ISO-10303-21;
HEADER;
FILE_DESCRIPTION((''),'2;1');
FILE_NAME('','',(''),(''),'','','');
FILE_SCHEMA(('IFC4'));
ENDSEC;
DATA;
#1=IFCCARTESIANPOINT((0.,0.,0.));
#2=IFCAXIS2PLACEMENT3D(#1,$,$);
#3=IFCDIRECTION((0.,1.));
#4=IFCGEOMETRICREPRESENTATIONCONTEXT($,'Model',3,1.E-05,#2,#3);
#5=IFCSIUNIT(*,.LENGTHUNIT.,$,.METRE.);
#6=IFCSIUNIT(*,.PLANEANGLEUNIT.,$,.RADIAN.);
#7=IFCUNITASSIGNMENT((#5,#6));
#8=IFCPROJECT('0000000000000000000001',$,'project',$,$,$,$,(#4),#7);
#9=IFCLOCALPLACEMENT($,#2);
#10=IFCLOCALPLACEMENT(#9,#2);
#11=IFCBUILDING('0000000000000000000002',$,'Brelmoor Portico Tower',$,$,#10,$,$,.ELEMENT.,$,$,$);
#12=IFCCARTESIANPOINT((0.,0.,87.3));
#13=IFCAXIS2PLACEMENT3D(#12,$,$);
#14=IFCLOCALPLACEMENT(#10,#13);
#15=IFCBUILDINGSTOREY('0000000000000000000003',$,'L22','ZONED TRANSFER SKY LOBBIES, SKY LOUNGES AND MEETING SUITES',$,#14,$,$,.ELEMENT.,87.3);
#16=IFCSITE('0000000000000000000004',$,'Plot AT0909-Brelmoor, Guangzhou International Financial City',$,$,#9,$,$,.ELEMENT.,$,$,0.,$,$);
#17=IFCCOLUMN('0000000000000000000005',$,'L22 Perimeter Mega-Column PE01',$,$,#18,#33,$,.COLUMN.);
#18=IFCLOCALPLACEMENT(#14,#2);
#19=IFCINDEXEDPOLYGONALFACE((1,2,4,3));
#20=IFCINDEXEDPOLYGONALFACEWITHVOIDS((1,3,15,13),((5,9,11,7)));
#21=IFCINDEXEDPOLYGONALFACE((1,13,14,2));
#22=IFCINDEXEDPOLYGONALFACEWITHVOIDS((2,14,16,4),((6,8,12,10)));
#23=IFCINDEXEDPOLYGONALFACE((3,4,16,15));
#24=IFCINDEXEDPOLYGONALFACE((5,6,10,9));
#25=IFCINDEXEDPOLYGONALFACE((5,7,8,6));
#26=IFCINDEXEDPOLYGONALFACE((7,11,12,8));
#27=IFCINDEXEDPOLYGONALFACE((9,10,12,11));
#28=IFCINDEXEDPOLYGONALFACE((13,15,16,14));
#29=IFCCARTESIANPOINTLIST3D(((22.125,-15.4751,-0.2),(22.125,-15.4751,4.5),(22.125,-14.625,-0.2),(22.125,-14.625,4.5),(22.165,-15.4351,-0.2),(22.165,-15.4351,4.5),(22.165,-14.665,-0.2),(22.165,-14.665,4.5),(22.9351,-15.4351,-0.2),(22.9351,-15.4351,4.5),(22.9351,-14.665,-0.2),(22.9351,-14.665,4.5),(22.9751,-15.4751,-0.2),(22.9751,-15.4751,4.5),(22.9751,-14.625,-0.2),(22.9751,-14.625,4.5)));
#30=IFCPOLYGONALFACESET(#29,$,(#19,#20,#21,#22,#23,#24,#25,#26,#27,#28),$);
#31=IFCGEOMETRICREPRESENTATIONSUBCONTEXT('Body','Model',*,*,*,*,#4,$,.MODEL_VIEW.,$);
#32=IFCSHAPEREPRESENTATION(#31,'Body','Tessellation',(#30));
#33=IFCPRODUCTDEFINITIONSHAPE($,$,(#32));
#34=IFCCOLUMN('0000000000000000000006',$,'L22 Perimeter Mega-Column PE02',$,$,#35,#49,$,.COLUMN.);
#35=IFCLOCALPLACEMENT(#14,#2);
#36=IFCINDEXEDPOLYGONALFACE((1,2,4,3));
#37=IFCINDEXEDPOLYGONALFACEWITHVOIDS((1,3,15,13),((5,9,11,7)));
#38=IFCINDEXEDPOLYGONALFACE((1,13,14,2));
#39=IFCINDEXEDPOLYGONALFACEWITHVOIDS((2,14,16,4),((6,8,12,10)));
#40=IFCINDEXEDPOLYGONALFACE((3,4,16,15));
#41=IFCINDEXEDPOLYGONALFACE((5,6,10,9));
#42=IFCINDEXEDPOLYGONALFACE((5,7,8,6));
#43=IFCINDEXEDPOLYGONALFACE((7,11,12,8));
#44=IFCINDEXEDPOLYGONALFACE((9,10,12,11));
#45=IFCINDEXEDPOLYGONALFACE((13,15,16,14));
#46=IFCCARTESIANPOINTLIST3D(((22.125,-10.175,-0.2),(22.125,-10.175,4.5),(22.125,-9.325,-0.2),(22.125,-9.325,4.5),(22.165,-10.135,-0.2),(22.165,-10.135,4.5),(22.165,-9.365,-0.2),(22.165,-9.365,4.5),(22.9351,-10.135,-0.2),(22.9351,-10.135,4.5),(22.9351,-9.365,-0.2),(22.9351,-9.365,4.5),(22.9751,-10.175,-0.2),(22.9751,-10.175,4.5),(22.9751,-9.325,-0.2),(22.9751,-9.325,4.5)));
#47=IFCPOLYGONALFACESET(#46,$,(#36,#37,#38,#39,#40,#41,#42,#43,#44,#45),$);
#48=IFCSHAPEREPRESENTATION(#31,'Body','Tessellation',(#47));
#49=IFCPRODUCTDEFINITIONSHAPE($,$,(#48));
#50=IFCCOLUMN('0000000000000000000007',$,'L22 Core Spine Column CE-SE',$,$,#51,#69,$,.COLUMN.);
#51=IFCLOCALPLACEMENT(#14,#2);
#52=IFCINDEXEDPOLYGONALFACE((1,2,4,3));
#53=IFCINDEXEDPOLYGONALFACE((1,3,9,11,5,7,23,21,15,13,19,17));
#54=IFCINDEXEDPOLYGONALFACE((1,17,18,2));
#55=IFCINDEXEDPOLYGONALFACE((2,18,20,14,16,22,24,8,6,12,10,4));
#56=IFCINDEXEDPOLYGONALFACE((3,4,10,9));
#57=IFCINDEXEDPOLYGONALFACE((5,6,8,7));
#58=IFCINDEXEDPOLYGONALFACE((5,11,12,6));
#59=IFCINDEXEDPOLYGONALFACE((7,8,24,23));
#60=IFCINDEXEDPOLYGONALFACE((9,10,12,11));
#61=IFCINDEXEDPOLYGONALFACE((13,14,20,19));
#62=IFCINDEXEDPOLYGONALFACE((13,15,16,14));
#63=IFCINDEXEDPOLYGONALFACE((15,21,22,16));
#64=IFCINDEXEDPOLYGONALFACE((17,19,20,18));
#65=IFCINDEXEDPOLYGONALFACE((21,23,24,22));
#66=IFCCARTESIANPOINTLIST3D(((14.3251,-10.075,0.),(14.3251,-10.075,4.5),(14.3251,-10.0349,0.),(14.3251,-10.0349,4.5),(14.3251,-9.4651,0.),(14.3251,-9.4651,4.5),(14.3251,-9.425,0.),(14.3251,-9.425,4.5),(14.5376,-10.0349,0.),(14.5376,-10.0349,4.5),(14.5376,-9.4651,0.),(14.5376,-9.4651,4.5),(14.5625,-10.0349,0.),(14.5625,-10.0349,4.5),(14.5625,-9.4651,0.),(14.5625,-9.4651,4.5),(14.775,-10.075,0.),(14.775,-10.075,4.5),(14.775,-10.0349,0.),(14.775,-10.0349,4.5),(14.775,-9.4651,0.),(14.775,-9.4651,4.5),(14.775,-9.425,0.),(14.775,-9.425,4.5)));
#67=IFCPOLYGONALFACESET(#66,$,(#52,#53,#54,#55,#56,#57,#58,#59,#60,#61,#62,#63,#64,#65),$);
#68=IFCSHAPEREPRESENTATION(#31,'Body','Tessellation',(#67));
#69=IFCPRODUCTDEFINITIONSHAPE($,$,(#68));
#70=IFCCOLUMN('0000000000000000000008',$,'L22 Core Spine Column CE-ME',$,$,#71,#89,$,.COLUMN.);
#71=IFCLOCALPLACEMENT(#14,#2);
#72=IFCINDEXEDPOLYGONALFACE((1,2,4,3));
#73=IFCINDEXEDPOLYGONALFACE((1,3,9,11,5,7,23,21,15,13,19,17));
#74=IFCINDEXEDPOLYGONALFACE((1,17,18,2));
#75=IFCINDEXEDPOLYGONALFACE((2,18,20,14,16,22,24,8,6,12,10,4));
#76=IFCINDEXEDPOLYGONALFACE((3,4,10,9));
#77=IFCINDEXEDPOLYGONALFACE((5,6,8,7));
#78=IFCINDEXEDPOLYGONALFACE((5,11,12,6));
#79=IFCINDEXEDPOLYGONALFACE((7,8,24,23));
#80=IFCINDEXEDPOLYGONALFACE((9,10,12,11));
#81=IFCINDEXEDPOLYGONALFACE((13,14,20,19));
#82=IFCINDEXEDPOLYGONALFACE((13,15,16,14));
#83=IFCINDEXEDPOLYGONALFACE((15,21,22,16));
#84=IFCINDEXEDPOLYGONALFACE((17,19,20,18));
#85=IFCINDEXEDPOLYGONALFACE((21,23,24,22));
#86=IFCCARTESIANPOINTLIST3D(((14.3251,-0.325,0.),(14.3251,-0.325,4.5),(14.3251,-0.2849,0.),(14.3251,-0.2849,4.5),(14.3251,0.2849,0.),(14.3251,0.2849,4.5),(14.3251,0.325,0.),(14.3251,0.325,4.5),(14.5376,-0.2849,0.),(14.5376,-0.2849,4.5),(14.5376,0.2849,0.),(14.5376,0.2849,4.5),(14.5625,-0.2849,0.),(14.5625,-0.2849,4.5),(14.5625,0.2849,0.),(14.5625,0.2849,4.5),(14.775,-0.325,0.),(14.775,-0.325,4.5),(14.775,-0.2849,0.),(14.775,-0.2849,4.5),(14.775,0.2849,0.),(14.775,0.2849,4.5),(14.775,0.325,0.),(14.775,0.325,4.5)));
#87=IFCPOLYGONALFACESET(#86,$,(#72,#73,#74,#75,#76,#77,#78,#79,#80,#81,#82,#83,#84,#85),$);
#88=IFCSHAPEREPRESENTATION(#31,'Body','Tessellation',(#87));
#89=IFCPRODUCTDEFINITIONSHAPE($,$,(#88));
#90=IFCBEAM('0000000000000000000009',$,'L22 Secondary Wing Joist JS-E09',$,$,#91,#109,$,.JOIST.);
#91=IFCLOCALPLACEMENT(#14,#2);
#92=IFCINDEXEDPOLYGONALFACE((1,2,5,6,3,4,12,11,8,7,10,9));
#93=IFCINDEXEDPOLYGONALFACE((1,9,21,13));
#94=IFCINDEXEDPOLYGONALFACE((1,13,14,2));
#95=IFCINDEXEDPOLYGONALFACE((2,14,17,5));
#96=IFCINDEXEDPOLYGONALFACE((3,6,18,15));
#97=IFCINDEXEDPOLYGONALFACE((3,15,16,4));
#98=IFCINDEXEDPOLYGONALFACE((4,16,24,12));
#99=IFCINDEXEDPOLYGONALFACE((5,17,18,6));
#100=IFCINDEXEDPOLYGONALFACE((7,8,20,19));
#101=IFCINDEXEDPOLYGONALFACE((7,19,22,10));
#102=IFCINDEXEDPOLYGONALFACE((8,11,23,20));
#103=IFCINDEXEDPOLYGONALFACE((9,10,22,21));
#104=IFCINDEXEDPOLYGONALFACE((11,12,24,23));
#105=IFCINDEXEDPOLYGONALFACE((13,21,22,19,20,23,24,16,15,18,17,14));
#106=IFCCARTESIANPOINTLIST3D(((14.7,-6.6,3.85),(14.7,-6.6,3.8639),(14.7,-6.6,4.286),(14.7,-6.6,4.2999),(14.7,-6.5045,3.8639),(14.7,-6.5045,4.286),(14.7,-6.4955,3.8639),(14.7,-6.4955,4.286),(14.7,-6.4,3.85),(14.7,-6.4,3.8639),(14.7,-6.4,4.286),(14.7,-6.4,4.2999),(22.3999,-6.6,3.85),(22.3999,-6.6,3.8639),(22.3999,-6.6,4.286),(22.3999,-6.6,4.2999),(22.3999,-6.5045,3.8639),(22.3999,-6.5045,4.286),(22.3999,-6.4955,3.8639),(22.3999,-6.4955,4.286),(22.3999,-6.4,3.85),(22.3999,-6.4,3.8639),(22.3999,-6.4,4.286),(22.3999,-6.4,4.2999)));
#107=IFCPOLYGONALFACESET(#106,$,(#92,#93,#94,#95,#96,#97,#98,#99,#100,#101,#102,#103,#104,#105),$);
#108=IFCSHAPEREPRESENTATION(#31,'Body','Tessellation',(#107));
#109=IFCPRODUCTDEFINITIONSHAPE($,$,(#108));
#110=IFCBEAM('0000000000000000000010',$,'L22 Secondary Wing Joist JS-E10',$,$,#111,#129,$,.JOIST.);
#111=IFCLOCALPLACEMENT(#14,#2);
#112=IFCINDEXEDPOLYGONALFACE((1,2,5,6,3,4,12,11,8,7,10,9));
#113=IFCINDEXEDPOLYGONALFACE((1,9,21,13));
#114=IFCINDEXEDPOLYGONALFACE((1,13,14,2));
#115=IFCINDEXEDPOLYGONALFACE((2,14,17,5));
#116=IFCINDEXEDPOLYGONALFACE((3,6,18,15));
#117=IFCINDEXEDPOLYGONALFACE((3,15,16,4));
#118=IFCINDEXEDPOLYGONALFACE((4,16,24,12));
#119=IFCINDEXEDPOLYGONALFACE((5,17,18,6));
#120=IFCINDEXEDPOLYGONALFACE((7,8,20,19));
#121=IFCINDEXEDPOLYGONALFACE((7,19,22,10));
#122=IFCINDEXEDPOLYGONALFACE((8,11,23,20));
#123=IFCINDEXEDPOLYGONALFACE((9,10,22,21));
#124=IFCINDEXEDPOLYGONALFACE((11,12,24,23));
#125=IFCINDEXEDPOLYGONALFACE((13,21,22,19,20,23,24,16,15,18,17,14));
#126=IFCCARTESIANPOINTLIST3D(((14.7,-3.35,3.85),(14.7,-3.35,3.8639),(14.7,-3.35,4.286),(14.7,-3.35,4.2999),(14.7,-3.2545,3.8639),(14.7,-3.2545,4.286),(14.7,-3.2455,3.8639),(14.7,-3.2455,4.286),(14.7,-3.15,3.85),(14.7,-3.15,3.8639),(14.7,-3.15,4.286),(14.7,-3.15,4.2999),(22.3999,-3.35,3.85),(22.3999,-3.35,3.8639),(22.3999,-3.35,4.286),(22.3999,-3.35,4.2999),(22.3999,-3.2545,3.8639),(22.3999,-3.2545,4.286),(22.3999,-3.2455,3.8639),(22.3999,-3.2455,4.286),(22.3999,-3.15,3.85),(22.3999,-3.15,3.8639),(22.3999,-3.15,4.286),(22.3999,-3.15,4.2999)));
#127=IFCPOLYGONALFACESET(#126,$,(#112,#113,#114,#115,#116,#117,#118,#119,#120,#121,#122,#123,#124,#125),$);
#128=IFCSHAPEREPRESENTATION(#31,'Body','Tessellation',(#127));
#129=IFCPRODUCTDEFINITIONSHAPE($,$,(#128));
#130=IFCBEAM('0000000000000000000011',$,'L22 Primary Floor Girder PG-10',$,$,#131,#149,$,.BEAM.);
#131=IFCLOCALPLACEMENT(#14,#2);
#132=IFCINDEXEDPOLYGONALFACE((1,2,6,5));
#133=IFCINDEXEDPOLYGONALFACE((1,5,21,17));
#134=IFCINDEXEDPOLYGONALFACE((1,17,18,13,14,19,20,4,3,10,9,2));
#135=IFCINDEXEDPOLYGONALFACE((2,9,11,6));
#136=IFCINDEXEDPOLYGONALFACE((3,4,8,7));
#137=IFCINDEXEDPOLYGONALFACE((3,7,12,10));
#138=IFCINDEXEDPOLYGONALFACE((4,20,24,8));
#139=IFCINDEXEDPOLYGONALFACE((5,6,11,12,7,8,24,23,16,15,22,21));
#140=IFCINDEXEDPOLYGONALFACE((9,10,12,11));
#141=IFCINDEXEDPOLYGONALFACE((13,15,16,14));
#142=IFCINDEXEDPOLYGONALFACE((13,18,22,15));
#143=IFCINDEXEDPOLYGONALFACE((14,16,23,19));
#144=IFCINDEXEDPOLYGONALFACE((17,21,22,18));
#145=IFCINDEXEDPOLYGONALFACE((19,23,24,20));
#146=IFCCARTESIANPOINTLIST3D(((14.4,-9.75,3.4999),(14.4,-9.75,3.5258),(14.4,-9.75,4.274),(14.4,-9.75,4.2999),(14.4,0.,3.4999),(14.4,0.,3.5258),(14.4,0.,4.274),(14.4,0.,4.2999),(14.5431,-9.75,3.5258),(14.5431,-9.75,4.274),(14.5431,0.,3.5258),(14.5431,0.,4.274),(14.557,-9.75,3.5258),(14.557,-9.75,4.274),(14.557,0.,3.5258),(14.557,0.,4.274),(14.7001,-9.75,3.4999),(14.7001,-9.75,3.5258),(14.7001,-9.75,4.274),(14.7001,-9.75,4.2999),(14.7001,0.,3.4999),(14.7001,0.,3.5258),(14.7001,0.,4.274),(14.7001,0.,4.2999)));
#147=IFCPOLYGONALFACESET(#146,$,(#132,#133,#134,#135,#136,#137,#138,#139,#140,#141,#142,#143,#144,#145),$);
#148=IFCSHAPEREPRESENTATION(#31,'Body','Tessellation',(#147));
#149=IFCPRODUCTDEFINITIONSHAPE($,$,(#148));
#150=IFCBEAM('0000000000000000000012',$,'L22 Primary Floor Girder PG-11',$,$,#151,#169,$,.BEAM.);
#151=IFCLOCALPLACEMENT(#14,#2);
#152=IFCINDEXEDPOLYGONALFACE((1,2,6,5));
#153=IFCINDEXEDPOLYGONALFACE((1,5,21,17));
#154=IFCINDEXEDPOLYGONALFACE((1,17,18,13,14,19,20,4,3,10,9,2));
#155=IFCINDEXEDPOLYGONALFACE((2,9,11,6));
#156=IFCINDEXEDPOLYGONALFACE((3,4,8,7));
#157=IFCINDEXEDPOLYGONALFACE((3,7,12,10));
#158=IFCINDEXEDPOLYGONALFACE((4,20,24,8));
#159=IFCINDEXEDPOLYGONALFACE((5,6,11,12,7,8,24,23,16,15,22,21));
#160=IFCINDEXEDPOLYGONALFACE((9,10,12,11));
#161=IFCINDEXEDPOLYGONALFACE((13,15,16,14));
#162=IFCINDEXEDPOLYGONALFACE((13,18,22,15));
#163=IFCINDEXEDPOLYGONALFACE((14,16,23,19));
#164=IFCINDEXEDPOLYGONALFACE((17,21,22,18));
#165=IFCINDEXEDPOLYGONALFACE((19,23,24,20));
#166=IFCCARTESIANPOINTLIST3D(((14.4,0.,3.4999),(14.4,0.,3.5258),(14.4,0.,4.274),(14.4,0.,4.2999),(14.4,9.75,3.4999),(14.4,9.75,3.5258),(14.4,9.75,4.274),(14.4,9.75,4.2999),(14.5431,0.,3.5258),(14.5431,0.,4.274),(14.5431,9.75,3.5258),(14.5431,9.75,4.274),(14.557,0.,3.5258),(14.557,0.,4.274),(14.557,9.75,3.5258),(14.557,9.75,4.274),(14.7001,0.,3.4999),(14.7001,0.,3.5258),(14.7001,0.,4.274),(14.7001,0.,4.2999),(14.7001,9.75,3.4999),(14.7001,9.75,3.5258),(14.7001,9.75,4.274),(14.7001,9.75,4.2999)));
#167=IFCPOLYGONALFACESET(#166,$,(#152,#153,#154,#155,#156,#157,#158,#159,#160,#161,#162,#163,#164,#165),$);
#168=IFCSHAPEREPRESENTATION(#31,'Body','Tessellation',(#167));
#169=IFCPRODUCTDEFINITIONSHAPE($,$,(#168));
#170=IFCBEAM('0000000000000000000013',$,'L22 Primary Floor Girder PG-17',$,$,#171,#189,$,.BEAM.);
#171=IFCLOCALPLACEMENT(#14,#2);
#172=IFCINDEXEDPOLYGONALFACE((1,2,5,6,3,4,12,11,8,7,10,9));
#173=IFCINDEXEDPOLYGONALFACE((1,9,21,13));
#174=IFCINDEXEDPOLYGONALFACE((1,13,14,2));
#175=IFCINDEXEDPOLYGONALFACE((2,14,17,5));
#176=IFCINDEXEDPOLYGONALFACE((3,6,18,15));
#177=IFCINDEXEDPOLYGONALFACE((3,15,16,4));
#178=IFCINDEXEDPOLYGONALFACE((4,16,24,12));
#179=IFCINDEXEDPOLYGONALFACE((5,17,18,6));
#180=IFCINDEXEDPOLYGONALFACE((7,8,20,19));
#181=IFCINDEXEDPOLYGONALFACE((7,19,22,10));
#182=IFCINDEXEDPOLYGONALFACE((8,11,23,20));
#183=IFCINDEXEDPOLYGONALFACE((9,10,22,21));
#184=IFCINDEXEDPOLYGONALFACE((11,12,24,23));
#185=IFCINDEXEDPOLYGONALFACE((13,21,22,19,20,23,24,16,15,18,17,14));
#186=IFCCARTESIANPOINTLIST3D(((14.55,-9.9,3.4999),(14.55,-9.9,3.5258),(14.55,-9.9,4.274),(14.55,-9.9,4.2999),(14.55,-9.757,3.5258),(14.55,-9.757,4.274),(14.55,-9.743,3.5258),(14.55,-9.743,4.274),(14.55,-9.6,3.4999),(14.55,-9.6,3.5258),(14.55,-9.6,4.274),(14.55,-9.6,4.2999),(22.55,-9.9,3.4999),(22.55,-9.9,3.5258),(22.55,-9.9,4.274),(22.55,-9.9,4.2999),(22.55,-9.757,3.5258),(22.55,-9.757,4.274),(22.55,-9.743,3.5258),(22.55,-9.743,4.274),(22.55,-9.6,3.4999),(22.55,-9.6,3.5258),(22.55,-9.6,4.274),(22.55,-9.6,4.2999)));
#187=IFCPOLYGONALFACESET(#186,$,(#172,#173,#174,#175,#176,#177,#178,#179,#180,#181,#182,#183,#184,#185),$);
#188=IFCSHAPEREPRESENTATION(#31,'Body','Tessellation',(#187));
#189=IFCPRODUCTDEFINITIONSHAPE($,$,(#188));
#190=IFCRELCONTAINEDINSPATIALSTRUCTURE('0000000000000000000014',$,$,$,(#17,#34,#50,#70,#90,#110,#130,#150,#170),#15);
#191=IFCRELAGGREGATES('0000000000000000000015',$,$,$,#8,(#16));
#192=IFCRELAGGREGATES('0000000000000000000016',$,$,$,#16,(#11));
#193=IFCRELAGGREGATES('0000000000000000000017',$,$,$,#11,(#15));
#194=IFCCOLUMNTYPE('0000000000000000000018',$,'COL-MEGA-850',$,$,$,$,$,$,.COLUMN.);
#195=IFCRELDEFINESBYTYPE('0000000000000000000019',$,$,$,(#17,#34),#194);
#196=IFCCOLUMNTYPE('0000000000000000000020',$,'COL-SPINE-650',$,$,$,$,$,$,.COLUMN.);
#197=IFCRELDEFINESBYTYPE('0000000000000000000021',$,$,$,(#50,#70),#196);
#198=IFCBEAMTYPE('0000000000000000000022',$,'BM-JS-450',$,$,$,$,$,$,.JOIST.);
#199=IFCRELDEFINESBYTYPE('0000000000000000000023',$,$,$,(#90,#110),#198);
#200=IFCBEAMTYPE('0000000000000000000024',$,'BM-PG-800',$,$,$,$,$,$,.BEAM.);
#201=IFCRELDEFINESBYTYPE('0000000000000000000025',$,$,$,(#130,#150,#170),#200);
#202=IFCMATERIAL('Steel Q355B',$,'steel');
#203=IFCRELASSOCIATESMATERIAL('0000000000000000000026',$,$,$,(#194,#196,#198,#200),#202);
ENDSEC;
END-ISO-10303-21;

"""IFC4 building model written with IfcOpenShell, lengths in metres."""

from ifc_helpers import new_model, si_unit, direction, frame, origin, origin_2d, place, context, subcontext, project, spatial, hollow_rectangle, i_section, extrude, material, material_profile, profile_set, type_object, element, save


model = new_model("IFC4")

# Units and contexts
model_context = context("Model", 3, precision=1e-05, world=origin(), true_north=direction((0.0, 1.0)))
body_context = subcontext(model_context, "Body", "Model", "MODEL_VIEW")
ifc_project = project(units=[si_unit("LENGTHUNIT", "METRE"), si_unit("PLANEANGLEUNIT", "RADIAN")], contexts=[model_context])

# Site, building, storey
site_placement = place(None, origin())
site = spatial("IfcSite", under=ifc_project, at=site_placement, Name="Plot AT0909-Brelmoor, Guangzhou International Financial City", CompositionType="ELEMENT", RefElevation=0.0)
building_placement = place(site_placement, origin())
building = spatial("IfcBuilding", under=site, at=building_placement, Name="Brelmoor Portico Tower", CompositionType="ELEMENT")
storey_placement = place(building_placement, frame((0.0, 0.0, 87.3)))
storey = spatial("IfcBuildingStorey", under=building, at=storey_placement, Name="L22", Description="ZONED TRANSFER SKY LOBBIES, SKY LOUNGES AND MEETING SUITES", CompositionType="ELEMENT", Elevation=87.3)

# Columns
ifc_material_1 = material(Name="Steel Q355B", Category="steel")
ifc_material_profile_1 = material_profile(ifc_material_1, hollow_rectangle(XDim=0.8501, YDim=0.8501, WallThickness=0.04, at=origin_2d()), Name="BOX 850x850x40")
ifc_profile_set_1 = profile_set([ifc_material_profile_1], Name="Steel Q355B")
column_type_1 = type_object("IfcColumnType", Name="COL-MEGA-850", PredefinedType="COLUMN", material=ifc_profile_set_1)
for number, where, z_axis, x_axis, name in (
    (1, (22.55, -15.05, -0.2), (0.0, 0.0, 1.0), (0.0, 1.0, 0.0), "L22 Perimeter Mega-Column PE01"),
    (2, (22.55, -9.75, -0.2), (0.0, 0.0, 1.0), (0.0, 1.0, 0.0), "L22 Perimeter Mega-Column PE02"),
):
    element("IfcColumn", number, at=place(storey_placement, frame(where, z_axis=z_axis, x_axis=x_axis)), inside=storey, type_object=column_type_1, Name=name, PredefinedType="COLUMN", context=body_context, shape_type="SweptSolid", body=[
        extrude(hollow_rectangle(XDim=0.8501, YDim=0.8501, WallThickness=0.04, at=origin_2d()), origin(), (0.0, 0.0, 1.0), 4.7),
    ])
ifc_material_profile_2 = material_profile(ifc_material_1, i_section(OverallWidth=0.45, OverallDepth=0.6499, WebThickness=0.0249, FlangeThickness=0.04, at=origin_2d()), Name="HW 650x450x25x40")
ifc_profile_set_2 = profile_set([ifc_material_profile_2], Name="Steel Q355B")
column_type_2 = type_object("IfcColumnType", Name="COL-SPINE-650", PredefinedType="COLUMN", material=ifc_profile_set_2)
for number, where, z_axis, x_axis, name in (
    (3, (14.55, -9.75, 0.0), (0.0, 0.0, 1.0), (1.0, 0.0, 0.0), "L22 Core Spine Column CE-SE"),
    (4, (14.55, 0.0, 0.0), (0.0, 0.0, 1.0), (1.0, 0.0, 0.0), "L22 Core Spine Column CE-ME"),
):
    element("IfcColumn", number, at=place(storey_placement, frame(where, z_axis=z_axis, x_axis=x_axis)), inside=storey, type_object=column_type_2, Name=name, PredefinedType="COLUMN", context=body_context, shape_type="SweptSolid", body=[
        extrude(i_section(OverallWidth=0.45, OverallDepth=0.6499, WebThickness=0.0249, FlangeThickness=0.04, at=origin_2d()), origin(), (0.0, 0.0, 1.0), 4.5),
    ])

# Beams
ifc_material_profile_3 = material_profile(ifc_material_1, i_section(OverallWidth=0.2, OverallDepth=0.45, WebThickness=0.009, FlangeThickness=0.0139, at=origin_2d()), Name="HN 450x200x9x14")
ifc_profile_set_3 = profile_set([ifc_material_profile_3], Name="Steel Q355B")
beam_type_1 = type_object("IfcBeamType", Name="BM-JS-450", PredefinedType="JOIST", material=ifc_profile_set_3)
for number, where, z_axis, x_axis, name in (
    (5, (14.7, -6.5, 4.075), (1.0, 0.0, 0.0), (0.0, 1.0, 0.0), "L22 Secondary Wing Joist JS-E09"),
    (6, (14.7, -3.25, 4.075), (1.0, 0.0, 0.0), (0.0, 1.0, 0.0), "L22 Secondary Wing Joist JS-E10"),
):
    element("IfcBeam", number, at=place(storey_placement, frame(where, z_axis=z_axis, x_axis=x_axis)), inside=storey, type_object=beam_type_1, Name=name, PredefinedType="JOIST", context=body_context, shape_type="SweptSolid", body=[
        extrude(i_section(OverallWidth=0.2, OverallDepth=0.45, WebThickness=0.009, FlangeThickness=0.0139, at=origin_2d()), origin(), (0.0, 0.0, 1.0), 7.7),
    ])
ifc_material_profile_4 = material_profile(ifc_material_1, i_section(OverallWidth=0.3, OverallDepth=0.8, WebThickness=0.0139, FlangeThickness=0.0259, at=origin_2d()), Name="HN 800x300x14x26")
ifc_profile_set_4 = profile_set([ifc_material_profile_4], Name="Steel Q355B")
beam_type_2 = type_object("IfcBeamType", Name="BM-PG-800", PredefinedType="BEAM", material=ifc_profile_set_4)
for number, where, z_axis, x_axis, name in (
    (7, (14.55, -9.75, 3.8999), (0.0, 1.0, 0.0), (-1.0, 0.0, 0.0), "L22 Primary Floor Girder PG-10"),
    (8, (14.55, 0.0, 3.8999), (0.0, 1.0, 0.0), (-1.0, 0.0, 0.0), "L22 Primary Floor Girder PG-11"),
):
    element("IfcBeam", number, at=place(storey_placement, frame(where, z_axis=z_axis, x_axis=x_axis)), inside=storey, type_object=beam_type_2, Name=name, PredefinedType="BEAM", context=body_context, shape_type="SweptSolid", body=[
        extrude(i_section(OverallWidth=0.3, OverallDepth=0.8, WebThickness=0.0139, FlangeThickness=0.0259, at=origin_2d()), origin(), (0.0, 0.0, 1.0), 9.75),
    ])
beam_1_placement = place(storey_placement, frame((14.55, -9.75, 3.8999), z_axis=(1.0, 0.0, 0.0), x_axis=(0.0, 1.0, 0.0)))
element("IfcBeam", 9, at=beam_1_placement, inside=storey, type_object=beam_type_2, Name="L22 Primary Floor Girder PG-17", PredefinedType="BEAM", context=body_context, shape_type="SweptSolid", body=[
    extrude(i_section(OverallWidth=0.3, OverallDepth=0.8, WebThickness=0.0139, FlangeThickness=0.0259, at=origin_2d()), origin(), (0.0, 0.0, 1.0), 8.0),
])

save(model, "model.ifc")
